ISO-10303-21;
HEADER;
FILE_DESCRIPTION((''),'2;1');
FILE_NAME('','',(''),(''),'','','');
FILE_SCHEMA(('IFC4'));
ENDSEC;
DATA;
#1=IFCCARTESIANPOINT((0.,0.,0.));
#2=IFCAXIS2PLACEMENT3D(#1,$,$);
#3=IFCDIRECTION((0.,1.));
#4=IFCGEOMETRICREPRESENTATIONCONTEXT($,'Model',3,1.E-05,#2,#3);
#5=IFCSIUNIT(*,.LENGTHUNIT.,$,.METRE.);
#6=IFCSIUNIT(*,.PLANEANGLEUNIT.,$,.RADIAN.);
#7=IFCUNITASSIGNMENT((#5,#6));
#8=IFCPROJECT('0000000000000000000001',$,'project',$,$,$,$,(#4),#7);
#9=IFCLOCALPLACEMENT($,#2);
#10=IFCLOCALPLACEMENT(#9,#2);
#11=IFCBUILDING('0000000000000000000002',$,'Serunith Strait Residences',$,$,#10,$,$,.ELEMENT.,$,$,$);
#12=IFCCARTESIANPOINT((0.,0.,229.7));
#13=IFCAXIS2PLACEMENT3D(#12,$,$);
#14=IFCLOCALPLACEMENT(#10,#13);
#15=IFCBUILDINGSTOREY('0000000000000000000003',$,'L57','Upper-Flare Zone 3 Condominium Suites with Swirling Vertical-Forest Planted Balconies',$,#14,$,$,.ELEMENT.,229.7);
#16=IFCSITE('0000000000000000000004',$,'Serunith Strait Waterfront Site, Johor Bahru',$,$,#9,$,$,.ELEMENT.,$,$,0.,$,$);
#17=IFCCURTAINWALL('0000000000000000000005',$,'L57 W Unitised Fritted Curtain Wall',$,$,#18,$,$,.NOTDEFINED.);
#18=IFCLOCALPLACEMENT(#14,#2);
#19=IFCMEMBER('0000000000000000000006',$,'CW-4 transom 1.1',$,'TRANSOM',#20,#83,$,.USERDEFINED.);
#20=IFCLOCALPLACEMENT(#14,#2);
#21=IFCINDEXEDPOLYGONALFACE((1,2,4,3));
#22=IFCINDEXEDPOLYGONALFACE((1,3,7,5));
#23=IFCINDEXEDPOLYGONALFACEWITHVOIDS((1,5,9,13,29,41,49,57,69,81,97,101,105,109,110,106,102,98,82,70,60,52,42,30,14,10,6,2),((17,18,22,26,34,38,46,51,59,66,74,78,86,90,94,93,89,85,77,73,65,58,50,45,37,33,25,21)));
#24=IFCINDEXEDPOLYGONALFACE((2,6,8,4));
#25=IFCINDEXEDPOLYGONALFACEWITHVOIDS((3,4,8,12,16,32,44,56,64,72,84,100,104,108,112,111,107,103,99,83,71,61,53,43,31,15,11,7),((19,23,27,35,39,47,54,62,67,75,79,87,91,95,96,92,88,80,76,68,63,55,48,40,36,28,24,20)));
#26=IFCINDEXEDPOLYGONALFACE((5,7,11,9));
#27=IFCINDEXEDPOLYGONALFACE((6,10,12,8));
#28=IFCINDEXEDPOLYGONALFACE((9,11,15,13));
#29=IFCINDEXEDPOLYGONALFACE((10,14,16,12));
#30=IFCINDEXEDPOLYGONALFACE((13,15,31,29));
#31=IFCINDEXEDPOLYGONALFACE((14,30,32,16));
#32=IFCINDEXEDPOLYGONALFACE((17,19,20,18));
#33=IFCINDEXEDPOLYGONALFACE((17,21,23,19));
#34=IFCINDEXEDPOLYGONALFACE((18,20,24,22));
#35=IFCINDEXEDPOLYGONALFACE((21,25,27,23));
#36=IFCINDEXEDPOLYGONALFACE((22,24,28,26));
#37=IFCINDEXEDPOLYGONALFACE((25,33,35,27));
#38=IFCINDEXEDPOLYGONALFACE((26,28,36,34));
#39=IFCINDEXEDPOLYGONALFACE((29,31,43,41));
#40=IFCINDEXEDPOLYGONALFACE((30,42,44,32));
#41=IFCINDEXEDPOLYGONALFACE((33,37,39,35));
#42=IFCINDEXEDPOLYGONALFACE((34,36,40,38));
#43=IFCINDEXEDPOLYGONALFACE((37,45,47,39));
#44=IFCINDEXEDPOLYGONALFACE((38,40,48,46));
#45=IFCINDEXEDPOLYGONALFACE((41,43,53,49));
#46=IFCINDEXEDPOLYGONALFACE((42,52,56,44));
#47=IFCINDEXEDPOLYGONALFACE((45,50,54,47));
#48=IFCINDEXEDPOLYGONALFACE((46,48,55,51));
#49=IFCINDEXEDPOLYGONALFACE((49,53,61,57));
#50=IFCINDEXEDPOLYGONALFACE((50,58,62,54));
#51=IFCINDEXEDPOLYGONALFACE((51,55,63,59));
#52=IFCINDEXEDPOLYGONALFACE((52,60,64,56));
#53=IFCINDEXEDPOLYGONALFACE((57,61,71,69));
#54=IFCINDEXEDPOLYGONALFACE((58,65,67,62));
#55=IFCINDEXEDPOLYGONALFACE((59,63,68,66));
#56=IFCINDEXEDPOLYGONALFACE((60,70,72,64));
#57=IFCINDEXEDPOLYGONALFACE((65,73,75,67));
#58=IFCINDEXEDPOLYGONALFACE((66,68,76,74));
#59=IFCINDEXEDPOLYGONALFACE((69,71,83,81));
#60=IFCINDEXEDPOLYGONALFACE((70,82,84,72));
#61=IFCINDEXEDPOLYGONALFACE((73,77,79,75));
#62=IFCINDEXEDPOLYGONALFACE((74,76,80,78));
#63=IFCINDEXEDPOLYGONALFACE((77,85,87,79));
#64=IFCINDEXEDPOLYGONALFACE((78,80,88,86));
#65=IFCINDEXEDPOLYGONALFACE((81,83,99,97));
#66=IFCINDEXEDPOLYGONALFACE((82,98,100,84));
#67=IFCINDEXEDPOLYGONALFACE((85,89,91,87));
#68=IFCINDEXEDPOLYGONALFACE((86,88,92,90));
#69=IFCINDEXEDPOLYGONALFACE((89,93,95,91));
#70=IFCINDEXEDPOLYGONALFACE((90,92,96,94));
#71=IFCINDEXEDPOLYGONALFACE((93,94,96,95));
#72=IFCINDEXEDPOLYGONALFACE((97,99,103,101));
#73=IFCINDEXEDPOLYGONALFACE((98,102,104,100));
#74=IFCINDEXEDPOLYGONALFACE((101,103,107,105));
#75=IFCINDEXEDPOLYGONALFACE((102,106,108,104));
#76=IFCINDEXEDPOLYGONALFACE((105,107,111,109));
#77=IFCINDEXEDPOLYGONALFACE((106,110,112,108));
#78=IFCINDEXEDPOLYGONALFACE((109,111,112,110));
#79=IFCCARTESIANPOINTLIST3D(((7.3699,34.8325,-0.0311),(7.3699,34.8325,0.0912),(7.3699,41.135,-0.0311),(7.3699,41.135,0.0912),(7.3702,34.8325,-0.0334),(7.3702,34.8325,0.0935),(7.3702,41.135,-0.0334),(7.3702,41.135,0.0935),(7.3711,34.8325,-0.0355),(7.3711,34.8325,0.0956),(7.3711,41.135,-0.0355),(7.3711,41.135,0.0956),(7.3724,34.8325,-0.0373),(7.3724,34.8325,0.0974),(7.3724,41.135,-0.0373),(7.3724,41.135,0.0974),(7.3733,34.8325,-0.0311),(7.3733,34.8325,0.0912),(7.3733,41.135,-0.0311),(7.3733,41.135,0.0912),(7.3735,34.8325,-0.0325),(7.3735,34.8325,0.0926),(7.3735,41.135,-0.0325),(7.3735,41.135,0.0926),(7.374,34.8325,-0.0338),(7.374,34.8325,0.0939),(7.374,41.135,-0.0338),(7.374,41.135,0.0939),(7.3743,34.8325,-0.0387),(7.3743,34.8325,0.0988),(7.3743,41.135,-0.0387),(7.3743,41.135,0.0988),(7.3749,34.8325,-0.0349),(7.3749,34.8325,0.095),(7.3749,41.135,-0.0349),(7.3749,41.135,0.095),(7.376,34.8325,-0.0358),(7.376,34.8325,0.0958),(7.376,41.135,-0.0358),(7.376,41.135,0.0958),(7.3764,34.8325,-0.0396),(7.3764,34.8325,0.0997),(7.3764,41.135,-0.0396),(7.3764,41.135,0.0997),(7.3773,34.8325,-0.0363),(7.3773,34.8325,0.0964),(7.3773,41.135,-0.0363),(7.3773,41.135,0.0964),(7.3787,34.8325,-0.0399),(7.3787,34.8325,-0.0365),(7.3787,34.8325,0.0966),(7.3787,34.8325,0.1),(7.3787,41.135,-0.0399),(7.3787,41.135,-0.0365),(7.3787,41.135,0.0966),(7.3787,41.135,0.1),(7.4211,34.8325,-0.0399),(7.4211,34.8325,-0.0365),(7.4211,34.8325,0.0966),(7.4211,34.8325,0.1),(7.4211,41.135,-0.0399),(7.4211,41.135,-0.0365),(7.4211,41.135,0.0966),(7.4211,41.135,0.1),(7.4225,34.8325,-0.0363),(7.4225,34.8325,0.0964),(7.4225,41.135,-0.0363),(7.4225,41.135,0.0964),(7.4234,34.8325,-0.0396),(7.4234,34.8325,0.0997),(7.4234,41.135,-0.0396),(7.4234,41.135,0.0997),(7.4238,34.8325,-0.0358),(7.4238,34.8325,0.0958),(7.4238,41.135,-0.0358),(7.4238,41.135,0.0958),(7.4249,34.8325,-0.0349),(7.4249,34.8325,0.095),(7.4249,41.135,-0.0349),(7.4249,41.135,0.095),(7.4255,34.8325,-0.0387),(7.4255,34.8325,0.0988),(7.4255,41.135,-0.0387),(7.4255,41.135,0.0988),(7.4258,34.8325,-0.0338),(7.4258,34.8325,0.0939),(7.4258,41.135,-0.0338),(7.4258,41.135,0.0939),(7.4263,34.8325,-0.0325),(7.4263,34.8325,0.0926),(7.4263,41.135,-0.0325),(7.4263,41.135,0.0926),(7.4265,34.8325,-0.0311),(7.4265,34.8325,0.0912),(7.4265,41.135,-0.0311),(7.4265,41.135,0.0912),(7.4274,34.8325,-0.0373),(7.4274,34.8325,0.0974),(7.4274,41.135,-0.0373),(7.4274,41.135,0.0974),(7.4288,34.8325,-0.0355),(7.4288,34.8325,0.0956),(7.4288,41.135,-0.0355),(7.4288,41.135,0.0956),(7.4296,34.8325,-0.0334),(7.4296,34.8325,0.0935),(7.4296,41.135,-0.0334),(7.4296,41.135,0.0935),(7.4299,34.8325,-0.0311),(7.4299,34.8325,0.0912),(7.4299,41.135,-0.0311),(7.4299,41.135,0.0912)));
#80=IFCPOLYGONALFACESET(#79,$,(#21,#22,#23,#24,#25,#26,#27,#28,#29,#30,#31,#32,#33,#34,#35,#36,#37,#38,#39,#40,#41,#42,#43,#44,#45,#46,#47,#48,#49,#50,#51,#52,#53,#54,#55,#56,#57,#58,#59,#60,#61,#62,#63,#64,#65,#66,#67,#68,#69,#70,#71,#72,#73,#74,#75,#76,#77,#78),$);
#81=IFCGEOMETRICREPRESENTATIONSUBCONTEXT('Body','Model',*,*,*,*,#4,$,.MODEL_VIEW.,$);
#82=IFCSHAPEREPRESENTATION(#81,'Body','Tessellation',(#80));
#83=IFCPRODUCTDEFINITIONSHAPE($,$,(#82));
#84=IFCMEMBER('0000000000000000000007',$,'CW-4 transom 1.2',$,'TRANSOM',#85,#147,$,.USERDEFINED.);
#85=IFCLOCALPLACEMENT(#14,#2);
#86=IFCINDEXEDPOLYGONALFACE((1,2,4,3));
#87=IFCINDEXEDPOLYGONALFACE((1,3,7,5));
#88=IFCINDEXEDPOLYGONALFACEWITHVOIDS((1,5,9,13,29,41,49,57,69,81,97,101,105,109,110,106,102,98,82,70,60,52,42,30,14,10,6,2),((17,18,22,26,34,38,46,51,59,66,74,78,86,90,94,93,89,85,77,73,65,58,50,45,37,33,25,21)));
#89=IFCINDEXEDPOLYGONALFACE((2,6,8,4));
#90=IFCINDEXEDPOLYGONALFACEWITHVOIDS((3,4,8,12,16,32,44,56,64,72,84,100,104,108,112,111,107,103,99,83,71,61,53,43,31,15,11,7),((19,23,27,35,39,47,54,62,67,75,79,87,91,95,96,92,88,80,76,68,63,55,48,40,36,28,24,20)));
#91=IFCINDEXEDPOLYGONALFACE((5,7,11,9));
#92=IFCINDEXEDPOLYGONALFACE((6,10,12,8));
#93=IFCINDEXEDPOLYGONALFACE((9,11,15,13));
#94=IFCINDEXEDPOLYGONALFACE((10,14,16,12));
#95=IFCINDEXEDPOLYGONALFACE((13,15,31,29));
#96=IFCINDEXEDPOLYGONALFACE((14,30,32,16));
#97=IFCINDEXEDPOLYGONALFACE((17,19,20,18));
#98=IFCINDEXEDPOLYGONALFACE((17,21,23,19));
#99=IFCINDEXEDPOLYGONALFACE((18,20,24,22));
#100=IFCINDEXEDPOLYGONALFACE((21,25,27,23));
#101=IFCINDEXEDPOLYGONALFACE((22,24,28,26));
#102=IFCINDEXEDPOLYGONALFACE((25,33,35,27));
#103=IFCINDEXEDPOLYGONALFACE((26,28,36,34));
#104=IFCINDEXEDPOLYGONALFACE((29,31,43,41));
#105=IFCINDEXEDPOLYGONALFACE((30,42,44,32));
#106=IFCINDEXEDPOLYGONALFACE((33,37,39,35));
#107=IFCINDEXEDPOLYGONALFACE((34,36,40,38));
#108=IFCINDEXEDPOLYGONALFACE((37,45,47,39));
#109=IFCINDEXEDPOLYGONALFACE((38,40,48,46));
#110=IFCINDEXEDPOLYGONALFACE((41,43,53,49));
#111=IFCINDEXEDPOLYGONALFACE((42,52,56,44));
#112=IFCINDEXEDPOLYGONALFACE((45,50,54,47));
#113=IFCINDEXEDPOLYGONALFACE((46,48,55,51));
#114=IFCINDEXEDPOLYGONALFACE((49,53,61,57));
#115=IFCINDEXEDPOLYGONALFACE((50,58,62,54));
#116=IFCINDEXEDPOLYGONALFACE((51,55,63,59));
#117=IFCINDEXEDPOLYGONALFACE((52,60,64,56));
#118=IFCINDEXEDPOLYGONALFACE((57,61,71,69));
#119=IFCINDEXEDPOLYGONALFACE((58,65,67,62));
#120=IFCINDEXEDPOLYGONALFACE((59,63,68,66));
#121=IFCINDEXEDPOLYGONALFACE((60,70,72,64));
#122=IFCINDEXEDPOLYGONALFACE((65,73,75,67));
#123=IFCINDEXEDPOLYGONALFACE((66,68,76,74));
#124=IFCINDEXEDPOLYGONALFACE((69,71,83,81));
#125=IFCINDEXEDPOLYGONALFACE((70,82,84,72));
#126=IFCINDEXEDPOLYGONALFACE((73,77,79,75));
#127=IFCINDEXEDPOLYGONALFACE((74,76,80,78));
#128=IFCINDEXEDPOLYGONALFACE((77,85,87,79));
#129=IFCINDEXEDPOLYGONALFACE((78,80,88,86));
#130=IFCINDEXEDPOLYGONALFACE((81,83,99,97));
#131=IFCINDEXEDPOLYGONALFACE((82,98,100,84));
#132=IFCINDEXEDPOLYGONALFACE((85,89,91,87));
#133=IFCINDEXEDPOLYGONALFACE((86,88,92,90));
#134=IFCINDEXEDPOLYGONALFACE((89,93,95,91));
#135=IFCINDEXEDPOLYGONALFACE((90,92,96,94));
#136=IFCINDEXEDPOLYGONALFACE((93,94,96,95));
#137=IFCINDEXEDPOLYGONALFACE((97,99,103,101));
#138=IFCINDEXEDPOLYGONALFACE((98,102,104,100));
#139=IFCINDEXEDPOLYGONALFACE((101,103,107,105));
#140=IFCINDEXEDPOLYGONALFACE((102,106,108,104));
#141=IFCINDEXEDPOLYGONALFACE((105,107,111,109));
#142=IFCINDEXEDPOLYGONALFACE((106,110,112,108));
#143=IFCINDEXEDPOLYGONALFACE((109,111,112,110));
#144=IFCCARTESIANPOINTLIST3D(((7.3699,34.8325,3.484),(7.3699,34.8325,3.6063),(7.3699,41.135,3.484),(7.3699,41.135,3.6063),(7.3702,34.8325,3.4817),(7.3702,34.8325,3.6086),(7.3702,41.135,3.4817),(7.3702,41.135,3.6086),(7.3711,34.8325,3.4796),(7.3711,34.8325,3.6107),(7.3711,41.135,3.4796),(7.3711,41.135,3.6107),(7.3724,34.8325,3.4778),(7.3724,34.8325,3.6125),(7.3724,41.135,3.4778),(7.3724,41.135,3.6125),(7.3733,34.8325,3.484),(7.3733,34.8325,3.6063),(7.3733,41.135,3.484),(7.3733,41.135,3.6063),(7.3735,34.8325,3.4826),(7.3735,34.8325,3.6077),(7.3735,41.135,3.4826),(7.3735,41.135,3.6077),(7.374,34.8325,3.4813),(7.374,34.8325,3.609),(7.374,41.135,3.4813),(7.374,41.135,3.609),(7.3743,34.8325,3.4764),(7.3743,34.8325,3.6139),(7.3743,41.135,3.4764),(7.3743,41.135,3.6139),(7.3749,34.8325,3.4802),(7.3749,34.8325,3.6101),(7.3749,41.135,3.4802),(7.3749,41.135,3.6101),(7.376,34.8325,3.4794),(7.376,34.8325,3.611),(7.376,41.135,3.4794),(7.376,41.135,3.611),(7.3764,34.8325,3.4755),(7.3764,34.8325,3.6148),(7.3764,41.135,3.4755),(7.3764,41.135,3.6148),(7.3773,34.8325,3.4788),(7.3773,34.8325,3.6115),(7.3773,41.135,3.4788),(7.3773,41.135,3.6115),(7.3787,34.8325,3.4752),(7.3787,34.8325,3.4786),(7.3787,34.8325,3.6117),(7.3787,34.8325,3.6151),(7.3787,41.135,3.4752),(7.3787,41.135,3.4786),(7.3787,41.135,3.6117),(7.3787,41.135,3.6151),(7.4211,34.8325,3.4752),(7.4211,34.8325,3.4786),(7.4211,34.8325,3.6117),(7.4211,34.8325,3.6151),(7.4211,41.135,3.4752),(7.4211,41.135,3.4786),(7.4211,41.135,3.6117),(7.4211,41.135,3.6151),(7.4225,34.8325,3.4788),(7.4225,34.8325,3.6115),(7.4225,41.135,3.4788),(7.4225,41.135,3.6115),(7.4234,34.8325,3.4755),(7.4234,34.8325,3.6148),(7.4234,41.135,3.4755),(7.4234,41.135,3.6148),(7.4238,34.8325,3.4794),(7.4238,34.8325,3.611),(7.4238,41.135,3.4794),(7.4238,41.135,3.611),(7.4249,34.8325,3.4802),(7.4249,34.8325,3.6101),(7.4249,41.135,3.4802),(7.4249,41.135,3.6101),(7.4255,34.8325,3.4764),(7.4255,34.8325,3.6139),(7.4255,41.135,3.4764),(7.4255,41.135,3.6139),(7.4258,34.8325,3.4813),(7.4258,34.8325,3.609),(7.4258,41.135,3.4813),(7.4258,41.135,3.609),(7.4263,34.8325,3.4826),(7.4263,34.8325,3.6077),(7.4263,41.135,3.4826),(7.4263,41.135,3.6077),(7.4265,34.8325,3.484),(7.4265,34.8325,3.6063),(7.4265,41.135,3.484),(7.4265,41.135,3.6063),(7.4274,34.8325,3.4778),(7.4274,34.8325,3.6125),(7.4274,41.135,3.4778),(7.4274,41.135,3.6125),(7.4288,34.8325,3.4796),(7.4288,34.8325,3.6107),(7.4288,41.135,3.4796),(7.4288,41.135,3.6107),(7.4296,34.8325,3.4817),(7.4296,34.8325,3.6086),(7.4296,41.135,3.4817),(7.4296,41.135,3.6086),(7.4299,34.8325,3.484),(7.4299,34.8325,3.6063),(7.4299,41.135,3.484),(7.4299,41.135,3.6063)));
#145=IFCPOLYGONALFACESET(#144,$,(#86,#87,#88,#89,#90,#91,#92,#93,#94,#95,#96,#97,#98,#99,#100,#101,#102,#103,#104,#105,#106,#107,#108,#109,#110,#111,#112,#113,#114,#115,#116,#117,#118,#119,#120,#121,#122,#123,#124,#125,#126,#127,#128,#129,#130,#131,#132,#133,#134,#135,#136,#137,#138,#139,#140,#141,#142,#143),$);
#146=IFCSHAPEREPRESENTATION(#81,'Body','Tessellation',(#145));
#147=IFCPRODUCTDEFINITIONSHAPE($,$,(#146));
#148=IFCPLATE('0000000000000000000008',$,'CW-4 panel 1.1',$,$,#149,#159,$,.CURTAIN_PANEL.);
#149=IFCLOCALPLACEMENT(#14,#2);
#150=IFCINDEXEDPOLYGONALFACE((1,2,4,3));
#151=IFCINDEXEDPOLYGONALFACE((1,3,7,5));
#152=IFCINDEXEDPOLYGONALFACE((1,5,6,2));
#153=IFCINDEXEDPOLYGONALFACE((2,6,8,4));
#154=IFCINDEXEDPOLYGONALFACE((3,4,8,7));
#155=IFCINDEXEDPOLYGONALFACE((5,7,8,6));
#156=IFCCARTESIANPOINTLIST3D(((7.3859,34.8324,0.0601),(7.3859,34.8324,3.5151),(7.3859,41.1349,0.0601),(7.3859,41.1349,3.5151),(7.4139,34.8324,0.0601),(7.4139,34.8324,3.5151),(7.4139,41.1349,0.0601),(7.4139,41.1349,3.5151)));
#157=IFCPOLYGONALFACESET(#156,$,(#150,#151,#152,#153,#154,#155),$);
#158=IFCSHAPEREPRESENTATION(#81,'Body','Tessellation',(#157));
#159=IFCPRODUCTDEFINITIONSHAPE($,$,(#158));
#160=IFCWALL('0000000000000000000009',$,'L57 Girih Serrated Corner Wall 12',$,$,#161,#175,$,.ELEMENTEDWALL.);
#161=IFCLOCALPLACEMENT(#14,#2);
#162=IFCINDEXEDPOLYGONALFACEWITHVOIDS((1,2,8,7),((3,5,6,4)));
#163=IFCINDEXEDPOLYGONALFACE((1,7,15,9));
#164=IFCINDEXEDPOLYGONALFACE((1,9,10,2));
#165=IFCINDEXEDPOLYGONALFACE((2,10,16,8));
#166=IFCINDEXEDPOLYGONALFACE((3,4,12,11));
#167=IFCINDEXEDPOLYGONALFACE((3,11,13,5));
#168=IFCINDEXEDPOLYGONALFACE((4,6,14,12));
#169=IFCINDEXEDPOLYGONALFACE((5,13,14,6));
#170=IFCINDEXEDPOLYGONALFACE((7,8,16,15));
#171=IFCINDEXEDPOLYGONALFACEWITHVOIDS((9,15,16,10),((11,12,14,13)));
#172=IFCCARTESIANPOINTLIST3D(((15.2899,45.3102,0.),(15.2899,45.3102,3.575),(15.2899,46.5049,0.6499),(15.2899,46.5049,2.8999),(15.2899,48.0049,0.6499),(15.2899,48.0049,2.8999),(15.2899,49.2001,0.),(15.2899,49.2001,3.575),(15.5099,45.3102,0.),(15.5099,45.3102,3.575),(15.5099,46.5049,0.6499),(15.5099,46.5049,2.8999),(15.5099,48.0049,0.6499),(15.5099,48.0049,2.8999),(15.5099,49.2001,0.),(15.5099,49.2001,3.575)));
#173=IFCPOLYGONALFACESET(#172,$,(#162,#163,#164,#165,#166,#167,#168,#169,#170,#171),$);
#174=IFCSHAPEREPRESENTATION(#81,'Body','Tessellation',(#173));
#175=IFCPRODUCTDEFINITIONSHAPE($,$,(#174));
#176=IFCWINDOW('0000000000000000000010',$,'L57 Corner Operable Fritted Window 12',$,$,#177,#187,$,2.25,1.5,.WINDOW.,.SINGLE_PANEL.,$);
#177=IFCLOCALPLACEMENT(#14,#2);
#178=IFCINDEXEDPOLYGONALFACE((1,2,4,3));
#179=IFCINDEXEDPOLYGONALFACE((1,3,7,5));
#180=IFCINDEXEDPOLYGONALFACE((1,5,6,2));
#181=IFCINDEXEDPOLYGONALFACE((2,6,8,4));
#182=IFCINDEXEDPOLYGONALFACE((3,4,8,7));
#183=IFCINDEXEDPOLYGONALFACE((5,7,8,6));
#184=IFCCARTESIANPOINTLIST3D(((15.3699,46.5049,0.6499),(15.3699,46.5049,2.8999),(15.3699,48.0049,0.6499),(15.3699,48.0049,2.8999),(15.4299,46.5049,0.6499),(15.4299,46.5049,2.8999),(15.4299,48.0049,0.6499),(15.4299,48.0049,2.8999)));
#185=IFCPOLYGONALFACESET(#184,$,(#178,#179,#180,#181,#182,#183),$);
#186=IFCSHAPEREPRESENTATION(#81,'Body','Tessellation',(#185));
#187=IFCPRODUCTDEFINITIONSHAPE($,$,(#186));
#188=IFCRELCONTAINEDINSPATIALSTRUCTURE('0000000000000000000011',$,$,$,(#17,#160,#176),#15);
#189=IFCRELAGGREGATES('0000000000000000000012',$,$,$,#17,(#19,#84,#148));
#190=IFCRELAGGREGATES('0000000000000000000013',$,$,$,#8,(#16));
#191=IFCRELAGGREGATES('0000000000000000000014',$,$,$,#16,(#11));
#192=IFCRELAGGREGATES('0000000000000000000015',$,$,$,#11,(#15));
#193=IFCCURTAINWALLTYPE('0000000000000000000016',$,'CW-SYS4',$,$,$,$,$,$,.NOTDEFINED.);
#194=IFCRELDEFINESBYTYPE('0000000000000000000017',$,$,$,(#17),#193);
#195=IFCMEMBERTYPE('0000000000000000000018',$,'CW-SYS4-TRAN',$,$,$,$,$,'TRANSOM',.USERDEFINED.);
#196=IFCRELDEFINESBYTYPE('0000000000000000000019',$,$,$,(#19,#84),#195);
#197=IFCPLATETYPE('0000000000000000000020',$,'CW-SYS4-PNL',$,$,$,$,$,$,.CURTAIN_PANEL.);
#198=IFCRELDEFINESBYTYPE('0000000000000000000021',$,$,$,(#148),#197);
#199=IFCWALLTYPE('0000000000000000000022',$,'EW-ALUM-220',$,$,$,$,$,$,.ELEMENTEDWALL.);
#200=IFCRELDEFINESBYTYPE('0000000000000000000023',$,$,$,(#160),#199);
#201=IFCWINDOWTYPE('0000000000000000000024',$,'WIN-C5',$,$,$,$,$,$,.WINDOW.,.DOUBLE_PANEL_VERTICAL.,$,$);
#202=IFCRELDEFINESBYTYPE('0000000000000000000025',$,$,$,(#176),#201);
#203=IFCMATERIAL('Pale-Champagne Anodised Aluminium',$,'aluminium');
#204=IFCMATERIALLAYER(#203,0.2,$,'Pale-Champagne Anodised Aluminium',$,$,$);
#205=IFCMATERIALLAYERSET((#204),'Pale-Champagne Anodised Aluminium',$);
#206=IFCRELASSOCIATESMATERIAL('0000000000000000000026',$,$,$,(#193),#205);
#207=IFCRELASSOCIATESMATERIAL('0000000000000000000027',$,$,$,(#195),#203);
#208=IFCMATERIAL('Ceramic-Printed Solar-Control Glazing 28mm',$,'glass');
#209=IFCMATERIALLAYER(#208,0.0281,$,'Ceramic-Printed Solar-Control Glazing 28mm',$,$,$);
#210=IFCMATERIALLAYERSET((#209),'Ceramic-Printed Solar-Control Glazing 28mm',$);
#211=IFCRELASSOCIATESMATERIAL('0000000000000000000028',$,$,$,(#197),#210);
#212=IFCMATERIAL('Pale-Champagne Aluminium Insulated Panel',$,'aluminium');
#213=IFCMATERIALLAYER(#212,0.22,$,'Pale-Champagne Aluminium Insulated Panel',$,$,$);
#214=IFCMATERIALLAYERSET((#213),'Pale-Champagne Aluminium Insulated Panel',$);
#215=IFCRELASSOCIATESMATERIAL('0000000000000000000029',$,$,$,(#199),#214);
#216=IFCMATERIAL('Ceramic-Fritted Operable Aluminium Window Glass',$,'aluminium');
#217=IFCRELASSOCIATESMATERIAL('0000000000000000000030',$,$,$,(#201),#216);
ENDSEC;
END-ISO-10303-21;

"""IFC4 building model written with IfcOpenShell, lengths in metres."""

from ifc_helpers import new_model, si_unit, direction, frame, frame_2d, origin, origin_2d, place, context, subcontext, project, spatial, rectangle, hollow_rectangle, extrude, source, transform, mapped, material, layer, layer_set, material_profile, profile_set, type_object, element, fill, aggregate, save


model = new_model("IFC4")

# Units and contexts
model_context = context("Model", 3, precision=1e-05, world=origin(), true_north=direction((0.0, 1.0)))
body_context = subcontext(model_context, "Body", "Model", "MODEL_VIEW")
ifc_project = project(units=[si_unit("LENGTHUNIT", "METRE"), si_unit("PLANEANGLEUNIT", "RADIAN")], contexts=[model_context])

# Site, building, storey
site_placement = place(None, origin())
site = spatial("IfcSite", under=ifc_project, at=site_placement, Name="Serunith Strait Waterfront Site, Johor Bahru", CompositionType="ELEMENT", RefElevation=0.0)
building_placement = place(site_placement, origin())
building = spatial("IfcBuilding", under=site, at=building_placement, Name="Serunith Strait Residences", CompositionType="ELEMENT")
storey_placement = place(building_placement, frame((0.0, 0.0, 229.7)))
storey = spatial("IfcBuildingStorey", under=building, at=storey_placement, Name="L57", Description="Upper-Flare Zone 3 Condominium Suites with Swirling Vertical-Forest Planted Balconies", CompositionType="ELEMENT", Elevation=229.7)

# Shared definitions
ifc_material_1 = material(Name="Pale-Champagne Anodised Aluminium", Category="aluminium")
ifc_layer_1 = layer(ifc_material_1, 0.2, Name="Pale-Champagne Anodised Aluminium")
ifc_layer_set_1 = layer_set([ifc_layer_1], Name="Pale-Champagne Anodised Aluminium")
curtain_wall_type = type_object("IfcCurtainWallType", Name="CW-SYS4", PredefinedType="NOTDEFINED", material=ifc_layer_set_1)

# Curtain wall, members, plate
curtain_wall_1_placement = place(storey_placement, origin())
curtain_wall_1 = element("IfcCurtainWall", 1, at=curtain_wall_1_placement, inside=storey, type_object=curtain_wall_type, Name="L57 W Unitised Fritted Curtain Wall", PredefinedType="NOTDEFINED")
ifc_material_profile_1 = material_profile(ifc_material_1, hollow_rectangle(XDim=0.0601, YDim=0.1399, WallThickness=0.0034, InnerFilletRadius=0.0054, OuterFilletRadius=0.0088, at=origin_2d()), Name="ALU 140x60x3.5")
ifc_profile_set_1 = profile_set([ifc_material_profile_1], Name="Pale-Champagne Anodised Aluminium")
member_type_1 = type_object("IfcMemberType", Name="CW-SYS4-TRAN", ElementType="TRANSOM", PredefinedType="USERDEFINED", material=ifc_profile_set_1)
shared_shape_1 = source(origin(), body_context, "Body", "SweptSolid", [
    extrude(hollow_rectangle(XDim=0.0601, YDim=0.1399, WallThickness=0.0034, InnerFilletRadius=0.0054, OuterFilletRadius=0.0088, at=origin_2d()), origin(), (0.0, 0.0, 1.0), 6.3025),
])
member_1_placement = place(storey_placement, frame((7.3999, 41.135, 0.03), z_axis=(0.0, -1.0, 0.0), x_axis=(1.0, 0.0, 0.0)))
member_1 = element("IfcMember", 2, at=member_1_placement, type_object=member_type_1, Name="CW-4 transom 1.1", ObjectType="TRANSOM", PredefinedType="USERDEFINED", context=body_context, shape_type="MappedRepresentation", body=[
    mapped(shared_shape_1, transform((0.0, 0.0, 0.0), scale=1.0)),
])
member_2_placement = place(storey_placement, frame((7.3999, 41.135, 3.5452), z_axis=(0.0, -1.0, 0.0), x_axis=(1.0, 0.0, 0.0)))
member_2 = element("IfcMember", 3, at=member_2_placement, type_object=member_type_1, Name="CW-4 transom 1.2", ObjectType="TRANSOM", PredefinedType="USERDEFINED", context=body_context, shape_type="MappedRepresentation", body=[
    mapped(shared_shape_1, transform((0.0, 0.0, 0.0), scale=1.0)),
])
ifc_material_2 = material(Name="Ceramic-Printed Solar-Control Glazing 28mm", Category="glass")
ifc_layer_2 = layer(ifc_material_2, 0.0281, Name="Ceramic-Printed Solar-Control Glazing 28mm")
ifc_layer_set_2 = layer_set([ifc_layer_2], Name="Ceramic-Printed Solar-Control Glazing 28mm")
plate_type = type_object("IfcPlateType", Name="CW-SYS4-PNL", PredefinedType="CURTAIN_PANEL", material=ifc_layer_set_2)
shared_shape_2 = source(origin(), body_context, "Body", "SweptSolid", [
    extrude(rectangle(XDim=6.3025, YDim=0.0281, at=origin_2d()), origin(), (0.0, 0.0, 1.0), 3.4551),
])
plate_placement = place(storey_placement, frame((7.3999, 37.9836, 0.0601), z_axis=(0.0, 0.0, 1.0), x_axis=(0.0, -1.0, 0.0)))
plate = element("IfcPlate", 4, at=plate_placement, type_object=plate_type, Name="CW-4 panel 1.1", PredefinedType="CURTAIN_PANEL", context=body_context, shape_type="MappedRepresentation", body=[
    mapped(shared_shape_2, transform((0.0, 0.0, 0.0), scale=1.0)),
])
aggregate(curtain_wall_1, [member_1, member_2, plate])

# Wall, opening, window
ifc_material_3 = material(Name="Pale-Champagne Aluminium Insulated Panel", Category="aluminium")
ifc_layer_3 = layer(ifc_material_3, 0.22, Name="Pale-Champagne Aluminium Insulated Panel")
ifc_layer_set_3 = layer_set([ifc_layer_3], Name="Pale-Champagne Aluminium Insulated Panel")
wall_type_1 = type_object("IfcWallType", Name="EW-ALUM-220", PredefinedType="ELEMENTEDWALL", material=ifc_layer_set_3)
wall_1_placement = place(storey_placement, frame((15.3999, 49.2, 0.0), z_axis=(0.0, 0.0, 1.0), x_axis=(0.0, -1.0, 0.0)))
wall_1 = element("IfcWall", 5, at=wall_1_placement, inside=storey, type_object=wall_type_1, Name="L57 Girih Serrated Corner Wall 12", PredefinedType="ELEMENTEDWALL", context=body_context, shape_type="SweptSolid", body=[
    extrude(rectangle(XDim=3.8899, YDim=0.22, at=frame_2d((1.9448, 0.0))), origin(), (0.0, 0.0, 1.0), 3.575),
])
opening_1_placement = place(wall_1_placement, frame((1.1951, 0.0, 0.6499)))
opening_1 = element("IfcOpeningElement", 6, at=opening_1_placement, cuts=wall_1, PredefinedType="OPENING", context=body_context, shape_type="SweptSolid", body=[
    extrude(rectangle(XDim=1.5, YDim=2.25, at=frame_2d((0.75, 1.125))), frame((0.0, 0.1201, 0.0), z_axis=(0.0, -1.0, 0.0), x_axis=(1.0, 0.0, 0.0)), (0.0, 0.0, 1.0), 0.24),
])
ifc_material_4 = material(Name="Ceramic-Fritted Operable Aluminium Window Glass", Category="aluminium")
window_type = type_object("IfcWindowType", Name="WIN-C5", PartitioningType="DOUBLE_PANEL_VERTICAL", PredefinedType="WINDOW", material=ifc_material_4)
shared_shape_3 = source(origin(), body_context, "Body", "SweptSolid", [
    extrude(rectangle(XDim=1.5, YDim=2.25, at=frame_2d((0.75, 1.125))), frame((0.0, 0.03, 0.0), z_axis=(0.0, -1.0, 0.0), x_axis=(1.0, 0.0, 0.0)), (0.0, 0.0, 1.0), 0.0601),
])
window_1_placement = place(opening_1_placement, origin())
window_1 = element("IfcWindow", 7, at=window_1_placement, inside=storey, type_object=window_type, Name="L57 Corner Operable Fritted Window 12", OverallHeight=2.25, OverallWidth=1.5, PartitioningType="SINGLE_PANEL", PredefinedType="WINDOW", context=body_context, shape_type="MappedRepresentation", body=[
    mapped(shared_shape_3, transform((0.0, 0.0, 0.0), scale=1.0)),
])
fill(opening_1, window_1)

save(model, "model.ifc")
